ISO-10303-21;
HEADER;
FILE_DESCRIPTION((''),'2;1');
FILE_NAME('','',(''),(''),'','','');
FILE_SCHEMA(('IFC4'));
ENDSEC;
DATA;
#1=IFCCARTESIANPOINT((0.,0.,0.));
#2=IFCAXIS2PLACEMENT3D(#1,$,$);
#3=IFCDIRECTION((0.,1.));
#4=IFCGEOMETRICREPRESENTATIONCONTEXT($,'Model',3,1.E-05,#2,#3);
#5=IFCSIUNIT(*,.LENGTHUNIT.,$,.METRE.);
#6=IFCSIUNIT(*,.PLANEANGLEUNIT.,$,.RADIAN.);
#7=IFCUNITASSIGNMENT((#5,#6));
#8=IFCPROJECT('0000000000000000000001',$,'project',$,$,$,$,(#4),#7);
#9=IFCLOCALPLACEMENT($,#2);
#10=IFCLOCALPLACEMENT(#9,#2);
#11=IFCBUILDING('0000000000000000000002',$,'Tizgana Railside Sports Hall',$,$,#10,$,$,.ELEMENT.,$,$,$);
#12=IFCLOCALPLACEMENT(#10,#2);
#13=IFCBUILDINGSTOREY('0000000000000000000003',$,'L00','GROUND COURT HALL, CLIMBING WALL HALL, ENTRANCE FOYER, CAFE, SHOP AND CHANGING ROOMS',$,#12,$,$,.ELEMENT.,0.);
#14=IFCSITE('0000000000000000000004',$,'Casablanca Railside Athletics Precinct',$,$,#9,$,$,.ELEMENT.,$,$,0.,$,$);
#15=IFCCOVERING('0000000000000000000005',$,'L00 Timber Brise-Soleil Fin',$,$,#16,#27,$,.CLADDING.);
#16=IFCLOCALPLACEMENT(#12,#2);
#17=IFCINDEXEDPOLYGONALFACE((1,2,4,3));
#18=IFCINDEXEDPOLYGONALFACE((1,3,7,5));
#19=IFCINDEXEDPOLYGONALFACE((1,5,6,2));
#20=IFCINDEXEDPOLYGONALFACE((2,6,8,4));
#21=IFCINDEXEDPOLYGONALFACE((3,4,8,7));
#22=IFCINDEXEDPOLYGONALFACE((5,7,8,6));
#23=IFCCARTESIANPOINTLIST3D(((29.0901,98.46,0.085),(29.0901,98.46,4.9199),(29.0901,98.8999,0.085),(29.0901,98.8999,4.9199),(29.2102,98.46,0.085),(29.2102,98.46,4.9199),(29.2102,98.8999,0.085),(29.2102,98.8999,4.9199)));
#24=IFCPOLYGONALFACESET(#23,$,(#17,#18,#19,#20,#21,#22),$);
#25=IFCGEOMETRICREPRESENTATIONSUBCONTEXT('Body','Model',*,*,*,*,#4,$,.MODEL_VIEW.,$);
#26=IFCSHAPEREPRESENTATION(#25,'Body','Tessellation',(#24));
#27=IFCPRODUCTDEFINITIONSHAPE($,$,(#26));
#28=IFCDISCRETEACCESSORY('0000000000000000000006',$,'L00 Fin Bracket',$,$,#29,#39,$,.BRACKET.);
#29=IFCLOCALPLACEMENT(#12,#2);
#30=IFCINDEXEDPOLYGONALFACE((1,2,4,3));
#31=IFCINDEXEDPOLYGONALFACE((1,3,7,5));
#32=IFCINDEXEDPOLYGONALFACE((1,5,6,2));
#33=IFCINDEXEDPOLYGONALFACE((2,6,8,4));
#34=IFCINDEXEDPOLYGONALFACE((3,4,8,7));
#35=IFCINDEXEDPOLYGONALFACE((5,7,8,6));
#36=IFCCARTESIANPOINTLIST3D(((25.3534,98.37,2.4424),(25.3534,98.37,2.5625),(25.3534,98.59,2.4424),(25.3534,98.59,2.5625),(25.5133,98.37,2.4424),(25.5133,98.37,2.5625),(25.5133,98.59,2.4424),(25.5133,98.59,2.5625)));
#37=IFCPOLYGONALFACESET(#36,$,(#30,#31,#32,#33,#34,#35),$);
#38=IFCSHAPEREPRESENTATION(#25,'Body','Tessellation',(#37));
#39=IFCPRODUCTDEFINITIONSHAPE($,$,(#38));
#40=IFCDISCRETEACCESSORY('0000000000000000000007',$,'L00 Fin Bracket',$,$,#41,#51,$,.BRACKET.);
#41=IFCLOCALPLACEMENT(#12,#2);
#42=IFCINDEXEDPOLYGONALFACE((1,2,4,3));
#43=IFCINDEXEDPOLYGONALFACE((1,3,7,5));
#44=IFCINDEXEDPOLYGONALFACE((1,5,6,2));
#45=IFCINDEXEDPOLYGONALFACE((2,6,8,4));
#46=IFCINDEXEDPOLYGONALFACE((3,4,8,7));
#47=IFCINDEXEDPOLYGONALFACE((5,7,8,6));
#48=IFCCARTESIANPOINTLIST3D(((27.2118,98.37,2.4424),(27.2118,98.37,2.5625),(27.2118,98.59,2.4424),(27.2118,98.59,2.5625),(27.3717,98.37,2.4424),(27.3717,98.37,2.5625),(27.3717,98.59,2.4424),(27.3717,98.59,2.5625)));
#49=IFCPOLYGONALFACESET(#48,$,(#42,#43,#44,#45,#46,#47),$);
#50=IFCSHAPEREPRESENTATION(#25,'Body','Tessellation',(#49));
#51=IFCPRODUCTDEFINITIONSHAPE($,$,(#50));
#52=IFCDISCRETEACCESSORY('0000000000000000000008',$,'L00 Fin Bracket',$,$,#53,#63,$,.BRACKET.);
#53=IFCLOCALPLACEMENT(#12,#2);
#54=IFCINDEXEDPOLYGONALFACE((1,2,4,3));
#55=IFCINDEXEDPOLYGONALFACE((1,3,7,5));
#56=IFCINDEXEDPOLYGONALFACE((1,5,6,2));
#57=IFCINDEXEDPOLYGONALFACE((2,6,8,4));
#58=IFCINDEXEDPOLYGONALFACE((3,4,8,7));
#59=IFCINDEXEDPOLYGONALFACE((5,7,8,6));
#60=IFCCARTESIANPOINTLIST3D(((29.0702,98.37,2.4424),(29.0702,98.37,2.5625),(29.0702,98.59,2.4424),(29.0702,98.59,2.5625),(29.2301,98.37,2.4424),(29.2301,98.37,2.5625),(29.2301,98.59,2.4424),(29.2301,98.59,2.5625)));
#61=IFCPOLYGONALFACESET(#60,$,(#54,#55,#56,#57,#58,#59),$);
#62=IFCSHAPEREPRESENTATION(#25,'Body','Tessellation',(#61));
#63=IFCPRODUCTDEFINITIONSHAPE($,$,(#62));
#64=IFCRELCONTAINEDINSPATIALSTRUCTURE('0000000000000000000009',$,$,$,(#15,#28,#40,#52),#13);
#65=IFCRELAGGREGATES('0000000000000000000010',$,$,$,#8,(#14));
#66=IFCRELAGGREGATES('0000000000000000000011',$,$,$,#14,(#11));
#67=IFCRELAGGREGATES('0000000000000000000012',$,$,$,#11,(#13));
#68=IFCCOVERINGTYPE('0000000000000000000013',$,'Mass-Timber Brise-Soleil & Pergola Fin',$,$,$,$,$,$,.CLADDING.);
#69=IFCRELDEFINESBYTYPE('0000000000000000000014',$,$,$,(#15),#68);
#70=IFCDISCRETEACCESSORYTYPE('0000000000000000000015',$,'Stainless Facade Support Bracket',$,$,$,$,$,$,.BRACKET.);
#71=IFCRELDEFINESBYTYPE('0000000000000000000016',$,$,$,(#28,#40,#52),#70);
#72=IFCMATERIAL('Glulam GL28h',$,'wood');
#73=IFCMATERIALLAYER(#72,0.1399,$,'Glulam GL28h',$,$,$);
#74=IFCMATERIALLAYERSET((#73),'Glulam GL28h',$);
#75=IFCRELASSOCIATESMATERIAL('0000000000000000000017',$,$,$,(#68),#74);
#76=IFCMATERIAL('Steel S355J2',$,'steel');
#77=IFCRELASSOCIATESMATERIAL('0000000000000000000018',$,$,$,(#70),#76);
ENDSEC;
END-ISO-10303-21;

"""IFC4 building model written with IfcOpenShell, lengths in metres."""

from ifc_helpers import new_model, si_unit, direction, frame, origin, origin_2d, place, context, subcontext, project, spatial, rectangle, extrude, material, layer, layer_set, type_object, element, save


model = new_model("IFC4")

# Units and contexts
model_context = context("Model", 3, precision=1e-05, world=origin(), true_north=direction((0.0, 1.0)))
body_context = subcontext(model_context, "Body", "Model", "MODEL_VIEW")
ifc_project = project(units=[si_unit("LENGTHUNIT", "METRE"), si_unit("PLANEANGLEUNIT", "RADIAN")], contexts=[model_context])

# Site, building, storey
site_placement = place(None, origin())
site = spatial("IfcSite", under=ifc_project, at=site_placement, Name="Casablanca Railside Athletics Precinct", CompositionType="ELEMENT", RefElevation=0.0)
building_placement = place(site_placement, origin())
building = spatial("IfcBuilding", under=site, at=building_placement, Name="Tizgana Railside Sports Hall", CompositionType="ELEMENT")
storey_placement = place(building_placement, origin())
storey = spatial("IfcBuildingStorey", under=building, at=storey_placement, Name="L00", Description="GROUND COURT HALL, CLIMBING WALL HALL, ENTRANCE FOYER, CAFE, SHOP AND CHANGING ROOMS", CompositionType="ELEMENT", Elevation=0.0)

# Shared definitions
ifc_material_1 = material(Name="Steel S355J2", Category="steel")

# Covering
ifc_material_2 = material(Name="Glulam GL28h", Category="wood")
ifc_layer_1 = layer(ifc_material_2, 0.1399, Name="Glulam GL28h")
ifc_layer_set_1 = layer_set([ifc_layer_1], Name="Glulam GL28h")
covering_type = type_object("IfcCoveringType", Name="Mass-Timber Brise-Soleil & Pergola Fin", PredefinedType="CLADDING", material=ifc_layer_set_1)
for number, where, z_axis, x_axis, name in (
    (1, (29.1501, 98.6799, 0.085), (0.0, 0.0, 1.0), (1.0, 0.0, 0.0), "L00 Timber Brise-Soleil Fin"),
):
    element("IfcCovering", number, at=place(storey_placement, frame(where, z_axis=z_axis, x_axis=x_axis)), inside=storey, type_object=covering_type, Name=name, PredefinedType="CLADDING", context=body_context, shape_type="SweptSolid", body=[
        extrude(rectangle(XDim=0.1201, YDim=0.4399, at=origin_2d()), origin(), (0.0, 0.0, 1.0), 4.835),
    ])

# Discrete accessories
discrete_accessory_type = type_object("IfcDiscreteAccessoryType", Name="Stainless Facade Support Bracket", PredefinedType="BRACKET", material=ifc_material_1)
for number, where, z_axis, x_axis, name in (
    (2, (25.4333, 98.48, 2.4424), (0.0, 0.0, 1.0), (1.0, 0.0, 0.0), "L00 Fin Bracket"),
    (3, (27.2917, 98.48, 2.4424), (0.0, 0.0, 1.0), (1.0, 0.0, 0.0), "L00 Fin Bracket"),
    (4, (29.1501, 98.48, 2.4424), (0.0, 0.0, 1.0), (1.0, 0.0, 0.0), "L00 Fin Bracket"),
):
    element("IfcDiscreteAccessory", number, at=place(storey_placement, frame(where, z_axis=z_axis, x_axis=x_axis)), inside=storey, type_object=discrete_accessory_type, Name=name, PredefinedType="BRACKET", context=body_context, shape_type="SweptSolid", body=[
        extrude(rectangle(XDim=0.1599, YDim=0.22, at=origin_2d()), origin(), (0.0, 0.0, 1.0), 0.1201),
    ])

save(model, "model.ifc")
